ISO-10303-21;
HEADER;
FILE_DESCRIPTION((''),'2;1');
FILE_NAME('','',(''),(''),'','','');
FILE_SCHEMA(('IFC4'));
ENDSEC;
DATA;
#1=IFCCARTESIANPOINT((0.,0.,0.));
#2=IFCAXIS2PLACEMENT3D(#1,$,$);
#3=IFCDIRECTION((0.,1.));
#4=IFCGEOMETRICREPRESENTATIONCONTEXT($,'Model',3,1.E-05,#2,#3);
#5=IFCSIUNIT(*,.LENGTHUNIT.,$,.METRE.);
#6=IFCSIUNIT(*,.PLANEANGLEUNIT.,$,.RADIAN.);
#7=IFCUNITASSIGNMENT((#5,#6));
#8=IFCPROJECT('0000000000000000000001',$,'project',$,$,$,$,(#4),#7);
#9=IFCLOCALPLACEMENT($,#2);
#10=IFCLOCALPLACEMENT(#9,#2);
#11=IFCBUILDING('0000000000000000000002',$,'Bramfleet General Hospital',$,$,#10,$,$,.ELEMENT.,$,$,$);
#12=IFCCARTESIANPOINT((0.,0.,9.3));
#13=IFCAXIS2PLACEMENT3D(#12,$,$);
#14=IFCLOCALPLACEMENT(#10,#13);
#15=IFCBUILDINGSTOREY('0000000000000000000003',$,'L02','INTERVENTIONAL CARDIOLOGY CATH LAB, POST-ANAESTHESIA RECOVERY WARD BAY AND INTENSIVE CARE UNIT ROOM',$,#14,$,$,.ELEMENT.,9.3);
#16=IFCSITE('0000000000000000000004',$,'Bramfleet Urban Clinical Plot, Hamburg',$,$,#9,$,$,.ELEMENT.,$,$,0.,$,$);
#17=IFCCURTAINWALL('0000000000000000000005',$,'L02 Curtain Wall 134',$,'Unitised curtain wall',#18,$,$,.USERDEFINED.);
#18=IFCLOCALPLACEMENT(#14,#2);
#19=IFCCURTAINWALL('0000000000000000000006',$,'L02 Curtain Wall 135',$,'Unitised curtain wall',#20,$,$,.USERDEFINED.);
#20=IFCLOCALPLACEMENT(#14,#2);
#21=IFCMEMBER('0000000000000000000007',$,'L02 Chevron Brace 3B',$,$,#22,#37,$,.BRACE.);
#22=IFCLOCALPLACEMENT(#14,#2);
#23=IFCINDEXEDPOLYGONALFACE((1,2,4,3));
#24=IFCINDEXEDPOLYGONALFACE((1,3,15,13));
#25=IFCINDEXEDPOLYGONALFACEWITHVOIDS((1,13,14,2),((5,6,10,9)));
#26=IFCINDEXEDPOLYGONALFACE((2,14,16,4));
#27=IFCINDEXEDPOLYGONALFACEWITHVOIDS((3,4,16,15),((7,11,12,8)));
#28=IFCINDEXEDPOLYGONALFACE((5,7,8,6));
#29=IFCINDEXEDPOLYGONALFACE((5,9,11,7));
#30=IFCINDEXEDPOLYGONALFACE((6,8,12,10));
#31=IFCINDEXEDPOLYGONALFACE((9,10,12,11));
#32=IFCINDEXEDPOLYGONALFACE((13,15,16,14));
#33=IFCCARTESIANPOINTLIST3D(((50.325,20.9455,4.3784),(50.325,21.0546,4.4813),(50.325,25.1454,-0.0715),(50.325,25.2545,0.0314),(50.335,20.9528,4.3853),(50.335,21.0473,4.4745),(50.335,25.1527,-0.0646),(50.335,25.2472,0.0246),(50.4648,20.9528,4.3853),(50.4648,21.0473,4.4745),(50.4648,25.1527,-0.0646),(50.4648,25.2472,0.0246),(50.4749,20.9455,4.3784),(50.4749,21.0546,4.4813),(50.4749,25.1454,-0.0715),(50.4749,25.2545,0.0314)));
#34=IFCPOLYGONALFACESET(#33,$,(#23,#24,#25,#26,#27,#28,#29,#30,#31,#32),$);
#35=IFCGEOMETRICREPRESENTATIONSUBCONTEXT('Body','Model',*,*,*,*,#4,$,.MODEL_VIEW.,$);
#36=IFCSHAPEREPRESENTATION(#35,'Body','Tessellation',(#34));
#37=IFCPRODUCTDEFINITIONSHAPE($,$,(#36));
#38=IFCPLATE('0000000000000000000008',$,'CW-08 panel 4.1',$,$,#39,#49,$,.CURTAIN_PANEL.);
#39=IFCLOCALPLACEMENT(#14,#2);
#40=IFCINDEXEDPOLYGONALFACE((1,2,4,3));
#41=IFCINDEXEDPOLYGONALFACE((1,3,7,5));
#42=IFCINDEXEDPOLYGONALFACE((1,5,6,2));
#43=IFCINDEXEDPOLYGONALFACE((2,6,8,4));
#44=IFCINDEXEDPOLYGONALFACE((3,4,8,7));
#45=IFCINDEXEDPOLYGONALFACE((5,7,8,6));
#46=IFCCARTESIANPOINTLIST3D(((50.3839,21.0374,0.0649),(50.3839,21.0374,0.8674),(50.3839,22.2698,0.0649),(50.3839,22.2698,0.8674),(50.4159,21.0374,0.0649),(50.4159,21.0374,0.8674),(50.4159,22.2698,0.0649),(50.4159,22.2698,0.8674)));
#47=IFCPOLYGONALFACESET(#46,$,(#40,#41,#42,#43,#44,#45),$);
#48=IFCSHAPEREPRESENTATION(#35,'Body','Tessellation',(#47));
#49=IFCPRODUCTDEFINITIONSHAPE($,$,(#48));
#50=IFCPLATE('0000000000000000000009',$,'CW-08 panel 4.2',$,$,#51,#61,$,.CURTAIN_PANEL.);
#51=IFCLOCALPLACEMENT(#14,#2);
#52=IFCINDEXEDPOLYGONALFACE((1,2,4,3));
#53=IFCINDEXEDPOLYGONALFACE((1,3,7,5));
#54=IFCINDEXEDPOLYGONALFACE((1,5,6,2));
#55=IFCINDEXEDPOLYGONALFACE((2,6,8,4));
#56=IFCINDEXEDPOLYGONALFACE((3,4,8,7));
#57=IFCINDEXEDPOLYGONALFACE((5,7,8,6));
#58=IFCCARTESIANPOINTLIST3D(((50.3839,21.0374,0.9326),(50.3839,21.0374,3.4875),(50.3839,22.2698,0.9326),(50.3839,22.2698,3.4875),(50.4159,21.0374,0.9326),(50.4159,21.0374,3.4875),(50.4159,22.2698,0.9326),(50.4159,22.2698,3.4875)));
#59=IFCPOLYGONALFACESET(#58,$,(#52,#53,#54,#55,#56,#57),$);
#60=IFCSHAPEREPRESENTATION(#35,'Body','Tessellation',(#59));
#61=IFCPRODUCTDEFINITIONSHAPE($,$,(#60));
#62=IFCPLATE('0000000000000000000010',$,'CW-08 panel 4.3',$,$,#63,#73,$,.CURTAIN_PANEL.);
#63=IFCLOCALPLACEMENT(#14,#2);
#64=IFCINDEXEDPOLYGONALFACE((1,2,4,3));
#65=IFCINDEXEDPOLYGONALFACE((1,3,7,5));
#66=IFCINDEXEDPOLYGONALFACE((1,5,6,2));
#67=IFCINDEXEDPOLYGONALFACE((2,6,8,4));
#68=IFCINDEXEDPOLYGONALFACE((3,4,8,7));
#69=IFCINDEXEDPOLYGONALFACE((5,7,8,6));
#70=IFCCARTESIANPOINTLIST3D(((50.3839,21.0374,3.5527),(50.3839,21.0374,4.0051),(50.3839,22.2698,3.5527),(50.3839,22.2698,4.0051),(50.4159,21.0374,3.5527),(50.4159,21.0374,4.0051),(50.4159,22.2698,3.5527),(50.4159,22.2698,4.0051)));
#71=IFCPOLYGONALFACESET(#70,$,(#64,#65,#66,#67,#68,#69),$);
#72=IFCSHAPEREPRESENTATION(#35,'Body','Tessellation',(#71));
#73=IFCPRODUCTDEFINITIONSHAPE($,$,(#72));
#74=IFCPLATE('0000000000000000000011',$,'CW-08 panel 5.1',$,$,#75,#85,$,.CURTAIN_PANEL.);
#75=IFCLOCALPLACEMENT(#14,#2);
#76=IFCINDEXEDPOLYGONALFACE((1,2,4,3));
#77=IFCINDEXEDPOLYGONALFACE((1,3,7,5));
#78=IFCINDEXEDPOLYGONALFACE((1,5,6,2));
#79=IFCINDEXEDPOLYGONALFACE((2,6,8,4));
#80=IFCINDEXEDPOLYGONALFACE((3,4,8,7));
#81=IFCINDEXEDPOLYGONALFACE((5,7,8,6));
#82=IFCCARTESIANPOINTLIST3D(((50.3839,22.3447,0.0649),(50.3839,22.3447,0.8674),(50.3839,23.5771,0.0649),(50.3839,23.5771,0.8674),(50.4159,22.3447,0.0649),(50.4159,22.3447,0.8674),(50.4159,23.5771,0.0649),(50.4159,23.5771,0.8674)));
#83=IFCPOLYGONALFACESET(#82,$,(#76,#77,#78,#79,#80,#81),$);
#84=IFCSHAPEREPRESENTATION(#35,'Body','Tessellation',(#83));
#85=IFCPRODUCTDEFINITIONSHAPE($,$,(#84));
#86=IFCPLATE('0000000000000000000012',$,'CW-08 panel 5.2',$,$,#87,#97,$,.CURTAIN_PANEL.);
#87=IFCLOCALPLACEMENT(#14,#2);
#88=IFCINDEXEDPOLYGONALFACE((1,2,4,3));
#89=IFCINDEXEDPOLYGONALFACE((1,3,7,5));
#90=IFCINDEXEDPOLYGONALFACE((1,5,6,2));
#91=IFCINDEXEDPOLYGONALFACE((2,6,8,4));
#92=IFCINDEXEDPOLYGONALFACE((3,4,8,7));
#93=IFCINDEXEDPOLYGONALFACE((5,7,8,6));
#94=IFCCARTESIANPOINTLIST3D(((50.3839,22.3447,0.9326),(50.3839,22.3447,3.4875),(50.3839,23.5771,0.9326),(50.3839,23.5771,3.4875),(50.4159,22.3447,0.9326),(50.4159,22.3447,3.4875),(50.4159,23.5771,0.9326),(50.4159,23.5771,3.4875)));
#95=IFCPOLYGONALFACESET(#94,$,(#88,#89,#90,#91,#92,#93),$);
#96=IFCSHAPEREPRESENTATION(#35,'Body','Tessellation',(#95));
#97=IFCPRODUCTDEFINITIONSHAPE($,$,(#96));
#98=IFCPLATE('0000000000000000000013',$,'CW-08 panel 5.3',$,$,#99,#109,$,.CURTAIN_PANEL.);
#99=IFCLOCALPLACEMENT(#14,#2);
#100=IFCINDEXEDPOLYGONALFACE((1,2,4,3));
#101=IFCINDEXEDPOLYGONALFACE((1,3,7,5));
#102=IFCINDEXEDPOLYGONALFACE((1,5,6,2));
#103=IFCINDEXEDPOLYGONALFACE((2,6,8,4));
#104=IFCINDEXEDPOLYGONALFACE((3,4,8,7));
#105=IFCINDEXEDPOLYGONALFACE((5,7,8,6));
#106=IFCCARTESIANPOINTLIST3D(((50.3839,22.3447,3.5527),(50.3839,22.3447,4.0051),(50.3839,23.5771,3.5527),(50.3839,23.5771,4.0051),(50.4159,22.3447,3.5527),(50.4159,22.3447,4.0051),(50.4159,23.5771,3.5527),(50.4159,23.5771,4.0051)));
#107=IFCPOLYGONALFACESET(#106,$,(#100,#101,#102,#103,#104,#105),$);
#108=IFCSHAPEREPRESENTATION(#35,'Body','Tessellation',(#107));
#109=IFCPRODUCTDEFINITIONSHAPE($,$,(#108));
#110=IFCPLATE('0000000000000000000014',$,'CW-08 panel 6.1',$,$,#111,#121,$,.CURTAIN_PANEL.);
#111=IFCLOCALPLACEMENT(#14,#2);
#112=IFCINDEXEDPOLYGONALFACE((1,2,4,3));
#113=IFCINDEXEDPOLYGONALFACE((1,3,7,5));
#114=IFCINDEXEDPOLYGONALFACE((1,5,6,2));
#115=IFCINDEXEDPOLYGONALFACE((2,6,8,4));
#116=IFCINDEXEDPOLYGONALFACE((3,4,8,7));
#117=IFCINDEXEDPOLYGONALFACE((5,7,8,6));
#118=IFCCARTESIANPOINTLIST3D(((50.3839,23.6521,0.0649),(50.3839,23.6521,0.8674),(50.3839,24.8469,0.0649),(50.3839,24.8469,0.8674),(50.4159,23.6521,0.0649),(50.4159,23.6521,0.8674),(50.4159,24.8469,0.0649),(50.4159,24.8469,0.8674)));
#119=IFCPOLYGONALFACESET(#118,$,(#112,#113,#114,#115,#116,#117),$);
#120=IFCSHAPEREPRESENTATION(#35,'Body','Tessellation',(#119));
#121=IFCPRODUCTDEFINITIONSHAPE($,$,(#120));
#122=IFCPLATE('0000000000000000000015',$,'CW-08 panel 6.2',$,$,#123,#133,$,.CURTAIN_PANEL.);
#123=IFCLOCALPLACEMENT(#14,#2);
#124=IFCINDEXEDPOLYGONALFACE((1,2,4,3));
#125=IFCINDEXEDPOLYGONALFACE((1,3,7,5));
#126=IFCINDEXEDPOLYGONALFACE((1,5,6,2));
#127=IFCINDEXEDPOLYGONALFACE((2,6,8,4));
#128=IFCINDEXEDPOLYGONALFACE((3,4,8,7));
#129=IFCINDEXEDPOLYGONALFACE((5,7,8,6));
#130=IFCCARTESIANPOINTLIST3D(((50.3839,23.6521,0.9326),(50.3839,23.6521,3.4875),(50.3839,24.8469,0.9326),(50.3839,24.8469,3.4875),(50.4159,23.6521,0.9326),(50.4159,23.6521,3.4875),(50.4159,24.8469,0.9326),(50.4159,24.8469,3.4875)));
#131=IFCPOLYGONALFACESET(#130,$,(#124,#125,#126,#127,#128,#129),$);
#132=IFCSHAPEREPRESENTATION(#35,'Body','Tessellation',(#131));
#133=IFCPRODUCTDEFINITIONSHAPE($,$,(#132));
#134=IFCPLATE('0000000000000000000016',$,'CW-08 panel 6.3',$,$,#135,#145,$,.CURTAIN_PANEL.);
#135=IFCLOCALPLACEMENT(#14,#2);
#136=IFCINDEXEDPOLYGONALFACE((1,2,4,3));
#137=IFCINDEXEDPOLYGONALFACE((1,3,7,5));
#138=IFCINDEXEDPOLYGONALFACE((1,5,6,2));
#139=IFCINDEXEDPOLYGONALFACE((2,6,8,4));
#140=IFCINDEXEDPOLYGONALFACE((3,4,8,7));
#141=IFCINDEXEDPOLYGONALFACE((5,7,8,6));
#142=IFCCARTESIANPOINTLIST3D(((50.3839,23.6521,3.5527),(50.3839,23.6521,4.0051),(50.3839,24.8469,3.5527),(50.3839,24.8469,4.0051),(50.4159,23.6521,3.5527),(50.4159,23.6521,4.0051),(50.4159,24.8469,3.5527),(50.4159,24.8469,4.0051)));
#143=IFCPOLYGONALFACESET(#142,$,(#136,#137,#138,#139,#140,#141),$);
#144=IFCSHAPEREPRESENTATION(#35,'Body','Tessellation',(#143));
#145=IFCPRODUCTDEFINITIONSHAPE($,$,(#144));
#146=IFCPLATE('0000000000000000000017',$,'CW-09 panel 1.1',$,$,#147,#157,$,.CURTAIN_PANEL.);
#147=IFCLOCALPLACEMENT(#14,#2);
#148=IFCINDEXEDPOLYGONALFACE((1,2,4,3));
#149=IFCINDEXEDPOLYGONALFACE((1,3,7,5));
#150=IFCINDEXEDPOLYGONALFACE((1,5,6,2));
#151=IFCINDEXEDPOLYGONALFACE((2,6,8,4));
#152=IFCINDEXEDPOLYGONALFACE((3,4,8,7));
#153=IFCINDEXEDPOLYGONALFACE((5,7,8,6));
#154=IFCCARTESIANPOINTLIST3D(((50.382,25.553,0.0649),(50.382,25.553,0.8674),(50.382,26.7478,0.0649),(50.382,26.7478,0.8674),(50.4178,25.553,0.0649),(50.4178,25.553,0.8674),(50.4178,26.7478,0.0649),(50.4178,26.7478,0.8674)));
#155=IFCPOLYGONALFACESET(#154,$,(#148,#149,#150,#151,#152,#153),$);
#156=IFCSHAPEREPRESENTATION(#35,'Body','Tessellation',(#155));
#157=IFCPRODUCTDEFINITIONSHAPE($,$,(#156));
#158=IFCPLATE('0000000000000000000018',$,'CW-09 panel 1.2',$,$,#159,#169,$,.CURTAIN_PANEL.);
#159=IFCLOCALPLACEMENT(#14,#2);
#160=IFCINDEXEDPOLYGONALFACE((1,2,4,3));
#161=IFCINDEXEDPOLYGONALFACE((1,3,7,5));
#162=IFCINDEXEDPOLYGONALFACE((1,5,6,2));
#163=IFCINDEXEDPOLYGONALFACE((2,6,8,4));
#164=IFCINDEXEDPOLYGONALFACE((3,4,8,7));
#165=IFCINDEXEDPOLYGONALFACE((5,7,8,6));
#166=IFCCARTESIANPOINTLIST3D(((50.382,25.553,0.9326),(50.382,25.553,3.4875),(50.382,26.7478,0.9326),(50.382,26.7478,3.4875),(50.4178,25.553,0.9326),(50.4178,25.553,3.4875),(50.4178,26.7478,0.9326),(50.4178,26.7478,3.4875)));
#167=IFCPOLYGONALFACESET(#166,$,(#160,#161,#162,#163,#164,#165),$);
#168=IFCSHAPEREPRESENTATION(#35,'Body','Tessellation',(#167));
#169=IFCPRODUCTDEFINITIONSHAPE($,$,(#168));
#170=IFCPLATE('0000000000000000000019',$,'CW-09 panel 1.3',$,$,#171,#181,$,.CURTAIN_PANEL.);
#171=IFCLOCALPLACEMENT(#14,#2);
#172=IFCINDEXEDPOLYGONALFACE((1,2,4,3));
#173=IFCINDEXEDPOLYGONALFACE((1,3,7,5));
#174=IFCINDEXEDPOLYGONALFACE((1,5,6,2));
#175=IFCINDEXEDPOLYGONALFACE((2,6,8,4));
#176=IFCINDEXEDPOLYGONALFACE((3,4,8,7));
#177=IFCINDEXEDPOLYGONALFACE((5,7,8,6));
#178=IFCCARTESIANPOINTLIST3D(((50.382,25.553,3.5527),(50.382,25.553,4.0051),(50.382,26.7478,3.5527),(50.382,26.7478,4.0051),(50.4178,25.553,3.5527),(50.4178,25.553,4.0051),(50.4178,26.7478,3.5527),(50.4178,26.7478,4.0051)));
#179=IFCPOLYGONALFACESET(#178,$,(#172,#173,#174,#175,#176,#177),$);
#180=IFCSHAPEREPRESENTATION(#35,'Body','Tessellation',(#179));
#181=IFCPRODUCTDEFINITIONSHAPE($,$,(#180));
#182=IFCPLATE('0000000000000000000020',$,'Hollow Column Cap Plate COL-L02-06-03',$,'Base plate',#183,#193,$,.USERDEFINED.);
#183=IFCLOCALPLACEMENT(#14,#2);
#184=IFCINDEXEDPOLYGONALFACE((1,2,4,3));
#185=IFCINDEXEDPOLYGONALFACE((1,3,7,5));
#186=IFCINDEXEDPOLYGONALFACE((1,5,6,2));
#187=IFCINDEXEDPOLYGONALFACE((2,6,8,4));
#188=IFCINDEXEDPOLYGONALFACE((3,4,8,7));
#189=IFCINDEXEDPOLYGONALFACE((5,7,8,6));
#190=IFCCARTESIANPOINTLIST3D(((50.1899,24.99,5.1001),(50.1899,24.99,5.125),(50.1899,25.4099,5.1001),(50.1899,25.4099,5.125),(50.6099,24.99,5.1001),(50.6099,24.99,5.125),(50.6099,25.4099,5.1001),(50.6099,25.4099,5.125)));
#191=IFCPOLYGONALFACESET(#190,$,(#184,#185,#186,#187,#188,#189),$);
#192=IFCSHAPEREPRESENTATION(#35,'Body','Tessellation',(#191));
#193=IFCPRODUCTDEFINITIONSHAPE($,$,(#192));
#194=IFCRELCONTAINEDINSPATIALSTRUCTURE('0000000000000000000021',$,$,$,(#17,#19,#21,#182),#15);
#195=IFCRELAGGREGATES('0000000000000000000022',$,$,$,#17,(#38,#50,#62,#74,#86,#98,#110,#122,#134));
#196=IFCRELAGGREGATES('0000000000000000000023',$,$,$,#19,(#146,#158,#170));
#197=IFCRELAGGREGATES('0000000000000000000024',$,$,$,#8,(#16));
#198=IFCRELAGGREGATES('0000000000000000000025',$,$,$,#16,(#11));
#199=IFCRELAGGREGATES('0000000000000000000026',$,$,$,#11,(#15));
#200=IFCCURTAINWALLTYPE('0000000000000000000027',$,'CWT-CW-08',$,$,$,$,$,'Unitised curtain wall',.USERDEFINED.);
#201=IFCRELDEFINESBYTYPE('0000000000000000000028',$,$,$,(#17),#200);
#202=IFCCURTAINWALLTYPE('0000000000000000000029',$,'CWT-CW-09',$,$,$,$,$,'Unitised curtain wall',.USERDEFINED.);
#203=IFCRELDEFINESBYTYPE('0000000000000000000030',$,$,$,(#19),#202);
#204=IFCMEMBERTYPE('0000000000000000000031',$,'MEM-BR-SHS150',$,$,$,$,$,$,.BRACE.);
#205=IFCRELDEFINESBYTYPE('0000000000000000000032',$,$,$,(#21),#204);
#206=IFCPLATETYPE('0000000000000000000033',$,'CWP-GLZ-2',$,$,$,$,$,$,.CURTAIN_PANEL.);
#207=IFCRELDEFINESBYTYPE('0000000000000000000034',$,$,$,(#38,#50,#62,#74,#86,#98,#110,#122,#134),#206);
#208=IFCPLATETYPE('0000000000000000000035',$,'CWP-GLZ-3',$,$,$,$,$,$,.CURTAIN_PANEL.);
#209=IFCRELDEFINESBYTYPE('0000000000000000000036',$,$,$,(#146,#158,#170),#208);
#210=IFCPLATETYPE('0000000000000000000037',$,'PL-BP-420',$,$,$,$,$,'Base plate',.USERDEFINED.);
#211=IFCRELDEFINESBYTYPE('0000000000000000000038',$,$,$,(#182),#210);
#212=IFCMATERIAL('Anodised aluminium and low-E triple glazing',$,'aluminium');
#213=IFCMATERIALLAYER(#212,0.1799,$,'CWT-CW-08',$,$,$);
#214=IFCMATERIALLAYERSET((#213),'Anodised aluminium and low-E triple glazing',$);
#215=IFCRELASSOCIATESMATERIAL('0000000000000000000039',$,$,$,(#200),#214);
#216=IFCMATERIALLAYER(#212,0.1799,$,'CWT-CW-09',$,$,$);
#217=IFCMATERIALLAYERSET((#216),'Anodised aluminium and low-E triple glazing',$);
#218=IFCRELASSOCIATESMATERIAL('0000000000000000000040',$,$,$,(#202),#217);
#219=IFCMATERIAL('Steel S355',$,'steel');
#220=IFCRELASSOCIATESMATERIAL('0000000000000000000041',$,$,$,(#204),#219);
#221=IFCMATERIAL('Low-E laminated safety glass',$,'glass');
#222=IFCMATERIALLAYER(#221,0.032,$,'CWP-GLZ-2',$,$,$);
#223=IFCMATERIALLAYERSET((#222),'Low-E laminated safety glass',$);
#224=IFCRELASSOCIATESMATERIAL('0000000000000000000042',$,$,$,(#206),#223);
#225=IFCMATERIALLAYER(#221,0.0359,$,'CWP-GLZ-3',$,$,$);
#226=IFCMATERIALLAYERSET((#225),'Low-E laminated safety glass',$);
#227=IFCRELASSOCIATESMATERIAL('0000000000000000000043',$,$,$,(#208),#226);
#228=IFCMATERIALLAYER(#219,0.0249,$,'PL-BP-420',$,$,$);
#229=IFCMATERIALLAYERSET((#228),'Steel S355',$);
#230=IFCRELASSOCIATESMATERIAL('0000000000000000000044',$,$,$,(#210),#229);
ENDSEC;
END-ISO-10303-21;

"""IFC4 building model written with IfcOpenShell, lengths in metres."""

from ifc_helpers import new_model, si_unit, direction, frame, origin, origin_2d, place, context, subcontext, project, spatial, rectangle, hollow_rectangle, extrude, material, layer, layer_set, material_profile, profile_set, type_object, element, aggregate, save


model = new_model("IFC4")

# Units and contexts
model_context = context("Model", 3, precision=1e-05, world=origin(), true_north=direction((0.0, 1.0)))
body_context = subcontext(model_context, "Body", "Model", "MODEL_VIEW")
ifc_project = project(units=[si_unit("LENGTHUNIT", "METRE"), si_unit("PLANEANGLEUNIT", "RADIAN")], contexts=[model_context])

# Site, building, storey
site_placement = place(None, origin())
site = spatial("IfcSite", under=ifc_project, at=site_placement, Name="Bramfleet Urban Clinical Plot, Hamburg", CompositionType="ELEMENT", RefElevation=0.0)
building_placement = place(site_placement, origin())
building = spatial("IfcBuilding", under=site, at=building_placement, Name="Bramfleet General Hospital", CompositionType="ELEMENT")
storey_placement = place(building_placement, frame((0.0, 0.0, 9.3)))
storey = spatial("IfcBuildingStorey", under=building, at=storey_placement, Name="L02", Description="INTERVENTIONAL CARDIOLOGY CATH LAB, POST-ANAESTHESIA RECOVERY WARD BAY AND INTENSIVE CARE UNIT ROOM", CompositionType="ELEMENT", Elevation=9.3)

# Shared definitions
ifc_material_1 = material(Name="Steel S355", Category="steel")

# Curtain wall
ifc_material_2 = material(Name="Anodised aluminium and low-E triple glazing", Category="aluminium")
ifc_layer_1 = layer(ifc_material_2, 0.1799, Name="CWT-CW-08")
ifc_layer_set_1 = layer_set([ifc_layer_1], Name="Anodised aluminium and low-E triple glazing")
curtain_wall_type_1 = type_object("IfcCurtainWallType", Name="CWT-CW-08", ElementType="Unitised curtain wall", PredefinedType="USERDEFINED", material=ifc_layer_set_1)
curtain_wall_1_placement = place(storey_placement, origin())
curtain_wall_1 = element("IfcCurtainWall", 1, at=curtain_wall_1_placement, inside=storey, type_object=curtain_wall_type_1, Name="L02 Curtain Wall 134", ObjectType="Unitised curtain wall", PredefinedType="USERDEFINED")

# Curtain wall
ifc_layer_2 = layer(ifc_material_2, 0.1799, Name="CWT-CW-09")
ifc_layer_set_2 = layer_set([ifc_layer_2], Name="Anodised aluminium and low-E triple glazing")
curtain_wall_type_2 = type_object("IfcCurtainWallType", Name="CWT-CW-09", ElementType="Unitised curtain wall", PredefinedType="USERDEFINED", material=ifc_layer_set_2)
curtain_wall_2_placement = place(storey_placement, origin())
curtain_wall_2 = element("IfcCurtainWall", 2, at=curtain_wall_2_placement, inside=storey, type_object=curtain_wall_type_2, Name="L02 Curtain Wall 135", ObjectType="Unitised curtain wall", PredefinedType="USERDEFINED")

# Member
ifc_material_profile_1 = material_profile(ifc_material_1, hollow_rectangle(XDim=0.1499, YDim=0.1499, WallThickness=0.01, at=origin_2d()), Name="SHS 150x150x10.0")
ifc_profile_set_1 = profile_set([ifc_material_profile_1], Name="Steel S355")
member_type_1 = type_object("IfcMemberType", Name="MEM-BR-SHS150", PredefinedType="BRACE", material=ifc_profile_set_1)
member_1_placement = place(storey_placement, frame((50.3999, 25.2, -0.02), z_axis=(0.0, -0.686383, 0.72724), x_axis=(1.0, 0.0, 0.0)))
element("IfcMember", 3, at=member_1_placement, inside=storey, type_object=member_type_1, Name="L02 Chevron Brace 3B", PredefinedType="BRACE", context=body_context, shape_type="SweptSolid", body=[
    extrude(hollow_rectangle(XDim=0.1499, YDim=0.1499, WallThickness=0.01, at=origin_2d()), origin(), (0.0, 0.0, 1.0), 6.1189),
])

# Plates
ifc_material_3 = material(Name="Low-E laminated safety glass", Category="glass")
ifc_layer_3 = layer(ifc_material_3, 0.032, Name="CWP-GLZ-2")
ifc_layer_set_3 = layer_set([ifc_layer_3], Name="Low-E laminated safety glass")
plate_type_1 = type_object("IfcPlateType", Name="CWP-GLZ-2", PredefinedType="CURTAIN_PANEL", material=ifc_layer_set_3)
plate_1_placement = place(storey_placement, frame((50.3999, 21.6536, 0.0649), z_axis=(0.0, 0.0, 1.0), x_axis=(0.0, 1.0, 0.0)))
plate_1 = element("IfcPlate", 4, at=plate_1_placement, type_object=plate_type_1, Name="CW-08 panel 4.1", PredefinedType="CURTAIN_PANEL", context=body_context, shape_type="SweptSolid", body=[
    extrude(rectangle(XDim=1.2324, YDim=0.032, at=origin_2d()), origin(), (0.0, 0.0, 1.0), 0.8025),
])
plate_2_placement = place(storey_placement, frame((50.3999, 21.6536, 0.9326), z_axis=(0.0, 0.0, 1.0), x_axis=(0.0, 1.0, 0.0)))
plate_2 = element("IfcPlate", 5, at=plate_2_placement, type_object=plate_type_1, Name="CW-08 panel 4.2", PredefinedType="CURTAIN_PANEL", context=body_context, shape_type="SweptSolid", body=[
    extrude(rectangle(XDim=1.2324, YDim=0.032, at=origin_2d()), origin(), (0.0, 0.0, 1.0), 2.5549),
])
plate_3_placement = place(storey_placement, frame((50.3999, 21.6536, 3.5527), z_axis=(0.0, 0.0, 1.0), x_axis=(0.0, 1.0, 0.0)))
plate_3 = element("IfcPlate", 6, at=plate_3_placement, type_object=plate_type_1, Name="CW-08 panel 4.3", PredefinedType="CURTAIN_PANEL", context=body_context, shape_type="SweptSolid", body=[
    extrude(rectangle(XDim=1.2324, YDim=0.032, at=origin_2d()), origin(), (0.0, 0.0, 1.0), 0.4524),
])
plate_4_placement = place(storey_placement, frame((50.3999, 22.9609, 0.0649), z_axis=(0.0, 0.0, 1.0), x_axis=(0.0, 1.0, 0.0)))
plate_4 = element("IfcPlate", 7, at=plate_4_placement, type_object=plate_type_1, Name="CW-08 panel 5.1", PredefinedType="CURTAIN_PANEL", context=body_context, shape_type="SweptSolid", body=[
    extrude(rectangle(XDim=1.2324, YDim=0.032, at=origin_2d()), origin(), (0.0, 0.0, 1.0), 0.8025),
])
plate_5_placement = place(storey_placement, frame((50.3999, 22.9609, 0.9326), z_axis=(0.0, 0.0, 1.0), x_axis=(0.0, 1.0, 0.0)))
plate_5 = element("IfcPlate", 8, at=plate_5_placement, type_object=plate_type_1, Name="CW-08 panel 5.2", PredefinedType="CURTAIN_PANEL", context=body_context, shape_type="SweptSolid", body=[
    extrude(rectangle(XDim=1.2324, YDim=0.032, at=origin_2d()), origin(), (0.0, 0.0, 1.0), 2.5549),
])
plate_6_placement = place(storey_placement, frame((50.3999, 22.9609, 3.5527), z_axis=(0.0, 0.0, 1.0), x_axis=(0.0, 1.0, 0.0)))
plate_6 = element("IfcPlate", 9, at=plate_6_placement, type_object=plate_type_1, Name="CW-08 panel 5.3", PredefinedType="CURTAIN_PANEL", context=body_context, shape_type="SweptSolid", body=[
    extrude(rectangle(XDim=1.2324, YDim=0.032, at=origin_2d()), origin(), (0.0, 0.0, 1.0), 0.4524),
])
plate_7_placement = place(storey_placement, frame((50.3999, 24.2495, 0.0649), z_axis=(0.0, 0.0, 1.0), x_axis=(0.0, 1.0, 0.0)))
plate_7 = element("IfcPlate", 10, at=plate_7_placement, type_object=plate_type_1, Name="CW-08 panel 6.1", PredefinedType="CURTAIN_PANEL", context=body_context, shape_type="SweptSolid", body=[
    extrude(rectangle(XDim=1.1948, YDim=0.032, at=origin_2d()), origin(), (0.0, 0.0, 1.0), 0.8025),
])
plate_8_placement = place(storey_placement, frame((50.3999, 24.2495, 0.9326), z_axis=(0.0, 0.0, 1.0), x_axis=(0.0, 1.0, 0.0)))
plate_8 = element("IfcPlate", 11, at=plate_8_placement, type_object=plate_type_1, Name="CW-08 panel 6.2", PredefinedType="CURTAIN_PANEL", context=body_context, shape_type="SweptSolid", body=[
    extrude(rectangle(XDim=1.1948, YDim=0.032, at=origin_2d()), origin(), (0.0, 0.0, 1.0), 2.5549),
])
plate_9_placement = place(storey_placement, frame((50.3999, 24.2495, 3.5527), z_axis=(0.0, 0.0, 1.0), x_axis=(0.0, 1.0, 0.0)))
plate_9 = element("IfcPlate", 12, at=plate_9_placement, type_object=plate_type_1, Name="CW-08 panel 6.3", PredefinedType="CURTAIN_PANEL", context=body_context, shape_type="SweptSolid", body=[
    extrude(rectangle(XDim=1.1948, YDim=0.032, at=origin_2d()), origin(), (0.0, 0.0, 1.0), 0.4524),
])
aggregate(curtain_wall_1, [plate_1, plate_2, plate_3, plate_4, plate_5, plate_6, plate_7, plate_8, plate_9])
ifc_layer_4 = layer(ifc_material_3, 0.0359, Name="CWP-GLZ-3")
ifc_layer_set_4 = layer_set([ifc_layer_4], Name="Low-E laminated safety glass")
plate_type_2 = type_object("IfcPlateType", Name="CWP-GLZ-3", PredefinedType="CURTAIN_PANEL", material=ifc_layer_set_4)
plate_10_placement = place(storey_placement, frame((50.3999, 26.1504, 0.0649), z_axis=(0.0, 0.0, 1.0), x_axis=(0.0, 1.0, 0.0)))
plate_10 = element("IfcPlate", 13, at=plate_10_placement, type_object=plate_type_2, Name="CW-09 panel 1.1", PredefinedType="CURTAIN_PANEL", context=body_context, shape_type="SweptSolid", body=[
    extrude(rectangle(XDim=1.1948, YDim=0.0359, at=origin_2d()), origin(), (0.0, 0.0, 1.0), 0.8025),
])
plate_11_placement = place(storey_placement, frame((50.3999, 26.1504, 0.9326), z_axis=(0.0, 0.0, 1.0), x_axis=(0.0, 1.0, 0.0)))
plate_11 = element("IfcPlate", 14, at=plate_11_placement, type_object=plate_type_2, Name="CW-09 panel 1.2", PredefinedType="CURTAIN_PANEL", context=body_context, shape_type="SweptSolid", body=[
    extrude(rectangle(XDim=1.1948, YDim=0.0359, at=origin_2d()), origin(), (0.0, 0.0, 1.0), 2.5549),
])
plate_12_placement = place(storey_placement, frame((50.3999, 26.1504, 3.5527), z_axis=(0.0, 0.0, 1.0), x_axis=(0.0, 1.0, 0.0)))
plate_12 = element("IfcPlate", 15, at=plate_12_placement, type_object=plate_type_2, Name="CW-09 panel 1.3", PredefinedType="CURTAIN_PANEL", context=body_context, shape_type="SweptSolid", body=[
    extrude(rectangle(XDim=1.1948, YDim=0.0359, at=origin_2d()), origin(), (0.0, 0.0, 1.0), 0.4524),
])
aggregate(curtain_wall_2, [plate_10, plate_11, plate_12])

# Plate
ifc_layer_5 = layer(ifc_material_1, 0.0249, Name="PL-BP-420")
ifc_layer_set_5 = layer_set([ifc_layer_5], Name="Steel S355")
plate_type_3 = type_object("IfcPlateType", Name="PL-BP-420", ElementType="Base plate", PredefinedType="USERDEFINED", material=ifc_layer_set_5)
plate_13_placement = place(storey_placement, frame((50.3999, 25.2, 5.1001), z_axis=(0.0, 0.0, 1.0), x_axis=(1.0, 0.0, 0.0)))
element("IfcPlate", 16, at=plate_13_placement, inside=storey, type_object=plate_type_3, Name="Hollow Column Cap Plate COL-L02-06-03", ObjectType="Base plate", PredefinedType="USERDEFINED", context=body_context, shape_type="SweptSolid", body=[
    extrude(rectangle(XDim=0.4199, YDim=0.4199, at=origin_2d()), origin(), (0.0, 0.0, 1.0), 0.0249),
])

save(model, "model.ifc")
